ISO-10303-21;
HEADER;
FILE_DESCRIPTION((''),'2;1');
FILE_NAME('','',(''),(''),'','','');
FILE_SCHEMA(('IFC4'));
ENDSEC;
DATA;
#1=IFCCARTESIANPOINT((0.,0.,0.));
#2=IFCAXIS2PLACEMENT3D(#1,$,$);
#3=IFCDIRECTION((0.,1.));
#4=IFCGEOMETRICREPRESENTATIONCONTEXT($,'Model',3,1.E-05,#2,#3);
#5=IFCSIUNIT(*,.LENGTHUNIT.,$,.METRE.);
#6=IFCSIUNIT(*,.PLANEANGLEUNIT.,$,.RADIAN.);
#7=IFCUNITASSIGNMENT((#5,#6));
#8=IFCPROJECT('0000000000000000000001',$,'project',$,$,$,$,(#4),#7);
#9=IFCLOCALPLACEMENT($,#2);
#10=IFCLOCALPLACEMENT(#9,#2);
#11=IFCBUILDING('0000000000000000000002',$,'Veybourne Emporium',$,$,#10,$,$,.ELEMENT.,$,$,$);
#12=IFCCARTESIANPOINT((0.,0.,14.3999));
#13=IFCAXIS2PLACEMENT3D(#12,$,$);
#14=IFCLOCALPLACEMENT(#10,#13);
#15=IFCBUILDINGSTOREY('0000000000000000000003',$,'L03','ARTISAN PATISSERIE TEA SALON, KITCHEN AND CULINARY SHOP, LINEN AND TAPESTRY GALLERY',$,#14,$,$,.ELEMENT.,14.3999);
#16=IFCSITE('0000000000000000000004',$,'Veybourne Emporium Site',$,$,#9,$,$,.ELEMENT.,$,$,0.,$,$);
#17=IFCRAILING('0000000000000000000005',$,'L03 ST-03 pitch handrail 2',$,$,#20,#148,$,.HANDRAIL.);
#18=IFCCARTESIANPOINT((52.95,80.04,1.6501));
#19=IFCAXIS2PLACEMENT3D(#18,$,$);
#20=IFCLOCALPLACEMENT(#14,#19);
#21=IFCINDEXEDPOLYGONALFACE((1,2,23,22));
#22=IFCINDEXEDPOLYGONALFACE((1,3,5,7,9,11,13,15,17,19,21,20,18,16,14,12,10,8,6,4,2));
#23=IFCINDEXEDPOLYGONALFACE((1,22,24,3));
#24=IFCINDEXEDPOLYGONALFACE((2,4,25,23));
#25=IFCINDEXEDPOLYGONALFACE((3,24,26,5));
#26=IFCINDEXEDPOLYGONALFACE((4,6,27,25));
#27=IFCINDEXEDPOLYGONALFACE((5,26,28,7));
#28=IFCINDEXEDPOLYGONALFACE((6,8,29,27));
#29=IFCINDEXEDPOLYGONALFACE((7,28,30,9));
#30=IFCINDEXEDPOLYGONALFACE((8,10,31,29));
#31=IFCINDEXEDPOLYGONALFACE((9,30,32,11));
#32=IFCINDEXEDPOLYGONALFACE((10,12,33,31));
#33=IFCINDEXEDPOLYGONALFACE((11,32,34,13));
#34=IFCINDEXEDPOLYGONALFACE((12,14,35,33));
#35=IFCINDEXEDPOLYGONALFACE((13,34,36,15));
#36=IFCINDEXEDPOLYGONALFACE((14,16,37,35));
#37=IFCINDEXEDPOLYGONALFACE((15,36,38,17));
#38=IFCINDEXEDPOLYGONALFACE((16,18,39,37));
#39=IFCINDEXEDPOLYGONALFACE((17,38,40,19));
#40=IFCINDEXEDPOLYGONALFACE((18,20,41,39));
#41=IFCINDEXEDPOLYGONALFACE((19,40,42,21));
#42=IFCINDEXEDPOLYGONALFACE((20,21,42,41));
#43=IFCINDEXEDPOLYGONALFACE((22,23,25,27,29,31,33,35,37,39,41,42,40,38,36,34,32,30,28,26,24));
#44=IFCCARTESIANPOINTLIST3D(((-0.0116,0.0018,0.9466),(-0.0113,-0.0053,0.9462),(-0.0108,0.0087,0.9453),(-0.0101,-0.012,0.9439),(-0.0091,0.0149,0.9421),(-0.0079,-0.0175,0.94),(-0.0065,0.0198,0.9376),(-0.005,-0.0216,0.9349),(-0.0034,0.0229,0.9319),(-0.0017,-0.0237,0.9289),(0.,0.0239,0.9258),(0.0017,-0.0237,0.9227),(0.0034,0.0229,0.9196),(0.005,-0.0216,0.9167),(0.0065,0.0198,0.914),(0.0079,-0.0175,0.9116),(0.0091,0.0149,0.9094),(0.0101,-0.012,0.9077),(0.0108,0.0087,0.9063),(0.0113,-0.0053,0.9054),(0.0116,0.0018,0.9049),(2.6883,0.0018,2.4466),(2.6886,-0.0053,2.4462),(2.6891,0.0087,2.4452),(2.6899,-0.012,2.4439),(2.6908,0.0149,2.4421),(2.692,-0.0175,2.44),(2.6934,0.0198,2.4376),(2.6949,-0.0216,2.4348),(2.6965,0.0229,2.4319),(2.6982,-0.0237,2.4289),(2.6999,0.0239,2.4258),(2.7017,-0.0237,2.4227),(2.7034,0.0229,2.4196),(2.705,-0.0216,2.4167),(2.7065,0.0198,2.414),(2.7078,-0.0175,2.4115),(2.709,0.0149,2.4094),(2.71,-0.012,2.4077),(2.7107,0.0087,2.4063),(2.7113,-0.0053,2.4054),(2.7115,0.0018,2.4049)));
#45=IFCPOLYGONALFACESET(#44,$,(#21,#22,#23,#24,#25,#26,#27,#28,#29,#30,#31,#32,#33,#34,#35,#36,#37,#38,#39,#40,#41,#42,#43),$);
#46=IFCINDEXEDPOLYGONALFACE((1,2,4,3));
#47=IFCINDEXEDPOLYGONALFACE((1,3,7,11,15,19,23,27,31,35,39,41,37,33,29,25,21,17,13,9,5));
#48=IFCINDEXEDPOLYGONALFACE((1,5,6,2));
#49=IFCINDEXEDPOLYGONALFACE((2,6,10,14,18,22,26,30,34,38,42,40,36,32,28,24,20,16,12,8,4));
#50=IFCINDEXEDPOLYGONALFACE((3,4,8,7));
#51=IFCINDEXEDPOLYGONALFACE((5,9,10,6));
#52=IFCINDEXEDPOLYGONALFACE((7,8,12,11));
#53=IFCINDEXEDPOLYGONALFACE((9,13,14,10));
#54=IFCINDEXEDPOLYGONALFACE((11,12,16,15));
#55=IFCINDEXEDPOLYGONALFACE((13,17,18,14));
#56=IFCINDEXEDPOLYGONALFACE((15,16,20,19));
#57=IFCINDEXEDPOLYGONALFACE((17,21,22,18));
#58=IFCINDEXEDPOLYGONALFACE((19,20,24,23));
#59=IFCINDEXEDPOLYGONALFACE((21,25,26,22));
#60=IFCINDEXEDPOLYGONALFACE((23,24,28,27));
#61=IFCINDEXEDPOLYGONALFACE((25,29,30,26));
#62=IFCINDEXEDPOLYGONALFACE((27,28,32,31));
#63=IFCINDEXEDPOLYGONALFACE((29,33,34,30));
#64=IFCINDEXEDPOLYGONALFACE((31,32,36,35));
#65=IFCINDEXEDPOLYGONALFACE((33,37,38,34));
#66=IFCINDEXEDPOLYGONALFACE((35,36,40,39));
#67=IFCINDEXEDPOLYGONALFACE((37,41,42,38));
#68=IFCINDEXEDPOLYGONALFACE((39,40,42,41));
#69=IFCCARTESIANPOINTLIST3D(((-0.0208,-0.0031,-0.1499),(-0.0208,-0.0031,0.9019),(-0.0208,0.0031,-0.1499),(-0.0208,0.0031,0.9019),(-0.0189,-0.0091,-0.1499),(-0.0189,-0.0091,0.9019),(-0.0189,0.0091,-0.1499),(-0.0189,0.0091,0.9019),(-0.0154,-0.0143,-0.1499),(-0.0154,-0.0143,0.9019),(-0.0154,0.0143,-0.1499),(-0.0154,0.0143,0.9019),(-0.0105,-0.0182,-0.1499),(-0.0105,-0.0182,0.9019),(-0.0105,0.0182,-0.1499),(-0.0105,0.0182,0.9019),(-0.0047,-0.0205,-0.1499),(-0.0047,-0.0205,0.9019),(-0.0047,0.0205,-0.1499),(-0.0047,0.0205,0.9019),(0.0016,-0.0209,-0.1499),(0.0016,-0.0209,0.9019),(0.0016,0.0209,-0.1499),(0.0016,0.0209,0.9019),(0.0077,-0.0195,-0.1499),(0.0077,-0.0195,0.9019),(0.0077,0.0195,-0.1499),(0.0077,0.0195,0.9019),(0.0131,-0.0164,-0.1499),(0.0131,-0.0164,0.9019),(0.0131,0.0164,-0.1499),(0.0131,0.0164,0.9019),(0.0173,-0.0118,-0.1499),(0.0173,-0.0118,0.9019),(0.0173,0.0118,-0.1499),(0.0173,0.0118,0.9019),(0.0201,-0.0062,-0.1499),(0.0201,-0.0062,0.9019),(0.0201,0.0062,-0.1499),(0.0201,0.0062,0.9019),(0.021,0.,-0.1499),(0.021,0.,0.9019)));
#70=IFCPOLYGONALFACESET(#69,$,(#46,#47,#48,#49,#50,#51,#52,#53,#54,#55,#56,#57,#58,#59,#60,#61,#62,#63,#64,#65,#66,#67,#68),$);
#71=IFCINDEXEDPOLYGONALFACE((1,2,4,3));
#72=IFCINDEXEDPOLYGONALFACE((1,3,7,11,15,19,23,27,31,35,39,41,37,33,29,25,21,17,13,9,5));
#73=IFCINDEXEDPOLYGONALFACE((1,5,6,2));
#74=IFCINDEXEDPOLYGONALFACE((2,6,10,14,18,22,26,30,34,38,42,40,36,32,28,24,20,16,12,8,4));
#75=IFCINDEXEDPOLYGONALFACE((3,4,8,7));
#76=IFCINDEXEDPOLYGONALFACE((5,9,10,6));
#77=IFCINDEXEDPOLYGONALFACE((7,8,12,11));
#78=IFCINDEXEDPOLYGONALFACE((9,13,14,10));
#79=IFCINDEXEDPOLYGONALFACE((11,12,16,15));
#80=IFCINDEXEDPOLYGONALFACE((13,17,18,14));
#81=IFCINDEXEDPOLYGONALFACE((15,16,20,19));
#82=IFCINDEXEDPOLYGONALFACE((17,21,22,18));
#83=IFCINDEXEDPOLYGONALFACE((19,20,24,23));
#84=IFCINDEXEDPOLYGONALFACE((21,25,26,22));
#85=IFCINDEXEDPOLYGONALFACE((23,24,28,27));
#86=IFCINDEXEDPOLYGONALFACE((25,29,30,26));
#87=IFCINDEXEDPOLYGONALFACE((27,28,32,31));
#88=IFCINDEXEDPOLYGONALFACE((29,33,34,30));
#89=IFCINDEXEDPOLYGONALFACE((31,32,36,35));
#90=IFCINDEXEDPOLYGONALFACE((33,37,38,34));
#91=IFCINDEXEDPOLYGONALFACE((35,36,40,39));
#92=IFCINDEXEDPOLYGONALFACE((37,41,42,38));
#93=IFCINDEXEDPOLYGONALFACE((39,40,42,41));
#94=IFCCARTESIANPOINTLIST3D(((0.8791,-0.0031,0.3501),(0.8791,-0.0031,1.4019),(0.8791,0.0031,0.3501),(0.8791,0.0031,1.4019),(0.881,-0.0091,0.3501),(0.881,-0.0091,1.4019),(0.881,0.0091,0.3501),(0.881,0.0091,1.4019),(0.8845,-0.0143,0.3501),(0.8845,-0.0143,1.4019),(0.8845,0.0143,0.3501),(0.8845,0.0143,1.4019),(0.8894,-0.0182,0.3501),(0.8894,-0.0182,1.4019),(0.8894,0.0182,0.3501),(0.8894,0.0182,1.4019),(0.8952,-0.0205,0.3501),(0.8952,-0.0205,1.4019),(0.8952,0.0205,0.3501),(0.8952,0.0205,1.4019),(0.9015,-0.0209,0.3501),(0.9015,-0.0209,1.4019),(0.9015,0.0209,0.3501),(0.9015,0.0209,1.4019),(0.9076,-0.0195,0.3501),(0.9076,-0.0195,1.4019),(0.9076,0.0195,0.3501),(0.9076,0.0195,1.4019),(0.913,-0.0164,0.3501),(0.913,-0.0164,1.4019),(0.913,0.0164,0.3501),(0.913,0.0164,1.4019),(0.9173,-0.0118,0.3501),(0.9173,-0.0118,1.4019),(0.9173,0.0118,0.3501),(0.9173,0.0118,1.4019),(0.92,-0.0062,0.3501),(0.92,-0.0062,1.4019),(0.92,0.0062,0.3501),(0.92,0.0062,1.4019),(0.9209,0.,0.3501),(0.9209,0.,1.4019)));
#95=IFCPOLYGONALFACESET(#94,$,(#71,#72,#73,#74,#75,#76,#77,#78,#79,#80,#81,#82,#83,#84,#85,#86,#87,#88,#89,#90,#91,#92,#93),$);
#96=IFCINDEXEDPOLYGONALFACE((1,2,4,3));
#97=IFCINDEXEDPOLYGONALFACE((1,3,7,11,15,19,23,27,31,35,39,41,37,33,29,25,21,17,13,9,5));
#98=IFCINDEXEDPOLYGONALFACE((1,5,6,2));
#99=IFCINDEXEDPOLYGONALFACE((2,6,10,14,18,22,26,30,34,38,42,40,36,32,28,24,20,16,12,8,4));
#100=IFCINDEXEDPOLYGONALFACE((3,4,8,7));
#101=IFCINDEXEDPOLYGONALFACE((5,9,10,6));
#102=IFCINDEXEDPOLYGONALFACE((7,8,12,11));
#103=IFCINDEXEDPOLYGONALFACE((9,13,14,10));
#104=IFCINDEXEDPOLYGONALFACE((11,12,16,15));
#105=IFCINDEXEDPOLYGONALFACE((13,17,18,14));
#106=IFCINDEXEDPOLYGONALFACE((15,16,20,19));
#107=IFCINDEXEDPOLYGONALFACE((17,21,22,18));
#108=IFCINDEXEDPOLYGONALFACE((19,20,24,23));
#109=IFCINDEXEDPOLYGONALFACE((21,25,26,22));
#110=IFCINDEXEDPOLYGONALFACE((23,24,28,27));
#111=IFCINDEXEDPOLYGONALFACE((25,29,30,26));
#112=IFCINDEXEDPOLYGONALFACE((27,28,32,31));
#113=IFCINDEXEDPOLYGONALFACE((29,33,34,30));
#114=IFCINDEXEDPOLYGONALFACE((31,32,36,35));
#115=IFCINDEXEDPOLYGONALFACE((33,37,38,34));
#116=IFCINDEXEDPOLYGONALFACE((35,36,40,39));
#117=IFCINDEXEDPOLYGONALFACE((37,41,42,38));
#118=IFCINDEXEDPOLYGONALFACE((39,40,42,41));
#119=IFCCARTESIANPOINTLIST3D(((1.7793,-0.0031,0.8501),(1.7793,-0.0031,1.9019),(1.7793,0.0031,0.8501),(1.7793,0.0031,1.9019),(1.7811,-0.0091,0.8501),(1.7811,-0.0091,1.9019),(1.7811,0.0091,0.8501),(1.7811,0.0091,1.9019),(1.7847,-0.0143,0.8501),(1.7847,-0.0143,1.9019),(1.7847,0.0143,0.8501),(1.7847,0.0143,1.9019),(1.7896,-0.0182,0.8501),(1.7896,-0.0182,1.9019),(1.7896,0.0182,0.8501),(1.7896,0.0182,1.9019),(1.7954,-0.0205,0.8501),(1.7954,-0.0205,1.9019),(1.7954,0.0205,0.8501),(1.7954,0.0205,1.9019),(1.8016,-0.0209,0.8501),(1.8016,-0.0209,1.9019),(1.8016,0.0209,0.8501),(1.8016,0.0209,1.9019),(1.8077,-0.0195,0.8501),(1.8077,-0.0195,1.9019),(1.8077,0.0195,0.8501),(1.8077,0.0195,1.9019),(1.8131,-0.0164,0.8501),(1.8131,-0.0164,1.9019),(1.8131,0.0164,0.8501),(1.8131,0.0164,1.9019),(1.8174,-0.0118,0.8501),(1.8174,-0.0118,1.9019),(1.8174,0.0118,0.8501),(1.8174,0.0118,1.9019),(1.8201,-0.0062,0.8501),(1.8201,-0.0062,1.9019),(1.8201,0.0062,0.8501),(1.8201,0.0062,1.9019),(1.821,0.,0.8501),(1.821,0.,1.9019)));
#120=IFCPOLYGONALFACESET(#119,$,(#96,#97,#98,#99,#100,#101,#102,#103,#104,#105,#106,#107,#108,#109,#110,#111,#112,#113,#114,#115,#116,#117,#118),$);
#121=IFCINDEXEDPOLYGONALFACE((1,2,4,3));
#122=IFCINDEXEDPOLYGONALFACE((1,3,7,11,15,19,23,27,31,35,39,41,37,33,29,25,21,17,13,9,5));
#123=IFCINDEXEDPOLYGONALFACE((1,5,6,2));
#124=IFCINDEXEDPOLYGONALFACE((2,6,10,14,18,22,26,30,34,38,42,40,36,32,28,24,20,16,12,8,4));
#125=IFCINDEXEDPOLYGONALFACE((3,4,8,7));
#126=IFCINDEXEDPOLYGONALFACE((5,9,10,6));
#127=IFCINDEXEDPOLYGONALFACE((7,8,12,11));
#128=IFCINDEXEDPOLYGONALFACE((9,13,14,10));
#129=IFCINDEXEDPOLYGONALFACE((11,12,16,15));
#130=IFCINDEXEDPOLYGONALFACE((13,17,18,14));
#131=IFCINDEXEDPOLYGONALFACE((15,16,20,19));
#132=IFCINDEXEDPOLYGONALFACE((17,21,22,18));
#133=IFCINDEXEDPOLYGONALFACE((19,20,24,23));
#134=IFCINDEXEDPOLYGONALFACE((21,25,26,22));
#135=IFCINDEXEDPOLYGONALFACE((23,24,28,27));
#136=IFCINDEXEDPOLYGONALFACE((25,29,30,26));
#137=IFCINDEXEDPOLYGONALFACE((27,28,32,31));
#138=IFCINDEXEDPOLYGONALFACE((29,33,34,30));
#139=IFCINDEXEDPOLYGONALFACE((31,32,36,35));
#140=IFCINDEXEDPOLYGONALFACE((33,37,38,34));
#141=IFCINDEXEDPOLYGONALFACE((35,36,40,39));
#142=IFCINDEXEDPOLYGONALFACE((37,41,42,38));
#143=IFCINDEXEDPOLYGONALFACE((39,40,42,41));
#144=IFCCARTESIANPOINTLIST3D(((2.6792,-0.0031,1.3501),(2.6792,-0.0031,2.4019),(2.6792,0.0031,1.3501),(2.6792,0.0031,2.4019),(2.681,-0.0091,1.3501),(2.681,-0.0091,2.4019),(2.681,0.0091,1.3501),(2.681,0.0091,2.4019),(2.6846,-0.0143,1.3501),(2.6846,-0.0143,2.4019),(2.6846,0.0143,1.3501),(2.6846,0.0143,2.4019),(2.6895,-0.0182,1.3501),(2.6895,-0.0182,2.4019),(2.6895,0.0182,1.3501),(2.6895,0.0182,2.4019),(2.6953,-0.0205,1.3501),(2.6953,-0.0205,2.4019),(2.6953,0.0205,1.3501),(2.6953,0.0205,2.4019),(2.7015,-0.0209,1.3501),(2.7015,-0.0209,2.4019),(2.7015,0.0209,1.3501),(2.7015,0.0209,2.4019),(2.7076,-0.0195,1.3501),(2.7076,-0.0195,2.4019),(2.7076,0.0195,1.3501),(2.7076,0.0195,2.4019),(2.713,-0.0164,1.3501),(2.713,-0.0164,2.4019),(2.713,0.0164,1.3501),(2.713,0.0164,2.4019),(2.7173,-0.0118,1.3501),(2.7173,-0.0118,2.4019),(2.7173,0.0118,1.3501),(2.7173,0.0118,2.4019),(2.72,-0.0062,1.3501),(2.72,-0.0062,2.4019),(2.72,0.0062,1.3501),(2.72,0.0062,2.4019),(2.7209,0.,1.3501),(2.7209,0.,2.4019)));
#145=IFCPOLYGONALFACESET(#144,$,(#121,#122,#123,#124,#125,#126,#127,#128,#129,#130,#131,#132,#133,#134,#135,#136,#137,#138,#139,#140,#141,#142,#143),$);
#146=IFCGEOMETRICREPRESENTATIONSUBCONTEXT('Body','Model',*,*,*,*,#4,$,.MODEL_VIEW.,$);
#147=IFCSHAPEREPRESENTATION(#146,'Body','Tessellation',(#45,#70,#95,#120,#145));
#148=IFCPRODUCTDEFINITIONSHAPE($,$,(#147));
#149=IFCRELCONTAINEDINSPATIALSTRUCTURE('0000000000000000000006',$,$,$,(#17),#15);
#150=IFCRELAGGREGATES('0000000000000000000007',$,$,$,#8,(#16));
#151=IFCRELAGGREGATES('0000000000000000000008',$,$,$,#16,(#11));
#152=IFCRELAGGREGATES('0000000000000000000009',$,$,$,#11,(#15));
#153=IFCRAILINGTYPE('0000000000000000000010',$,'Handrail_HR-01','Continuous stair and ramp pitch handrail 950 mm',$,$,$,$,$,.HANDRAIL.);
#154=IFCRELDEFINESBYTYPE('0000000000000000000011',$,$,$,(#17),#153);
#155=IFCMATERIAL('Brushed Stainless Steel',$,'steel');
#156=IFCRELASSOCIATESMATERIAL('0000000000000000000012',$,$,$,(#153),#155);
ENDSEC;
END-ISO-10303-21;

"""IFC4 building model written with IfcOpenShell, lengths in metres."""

from ifc_helpers import new_model, si_unit, direction, frame, origin, origin_2d, place, context, subcontext, project, spatial, circle, extrude, material, type_object, element, save


model = new_model("IFC4")

# Units and contexts
model_context = context("Model", 3, precision=1e-05, world=origin(), true_north=direction((0.0, 1.0)))
body_context = subcontext(model_context, "Body", "Model", "MODEL_VIEW")
ifc_project = project(units=[si_unit("LENGTHUNIT", "METRE"), si_unit("PLANEANGLEUNIT", "RADIAN")], contexts=[model_context])

# Site, building, storey
site_placement = place(None, origin())
site = spatial("IfcSite", under=ifc_project, at=site_placement, Name="Veybourne Emporium Site", CompositionType="ELEMENT", RefElevation=0.0)
building_placement = place(site_placement, origin())
building = spatial("IfcBuilding", under=site, at=building_placement, Name="Veybourne Emporium", CompositionType="ELEMENT")
storey_placement = place(building_placement, frame((0.0, 0.0, 14.3999)))
storey = spatial("IfcBuildingStorey", under=building, at=storey_placement, Name="L03", Description="ARTISAN PATISSERIE TEA SALON, KITCHEN AND CULINARY SHOP, LINEN AND TAPESTRY GALLERY", CompositionType="ELEMENT", Elevation=14.3999)

# Railing
ifc_material_1 = material(Name="Brushed Stainless Steel", Category="steel")
railing_type = type_object("IfcRailingType", Name="Handrail_HR-01", Description="Continuous stair and ramp pitch handrail 950 mm", PredefinedType="HANDRAIL", material=ifc_material_1)
railing_placement = place(storey_placement, frame((52.95, 80.04, 1.6501)))
element("IfcRailing", 1, at=railing_placement, inside=storey, type_object=railing_type, Name="L03 ST-03 pitch handrail 2", PredefinedType="HANDRAIL", context=body_context, shape_type="SweptSolid", body=[
    extrude(circle(Radius=0.0239, at=origin_2d()), frame((0.0, 0.0, 0.9258), z_axis=(0.874154, 0.0, 0.48565), x_axis=(0.0, 1.0, 0.0)), (0.0, 0.0, 1.0), 3.0886),
    extrude(circle(Radius=0.021, at=origin_2d()), frame((0.0, 0.0, -0.1499)), (0.0, 0.0, 1.0), 1.0518),
    extrude(circle(Radius=0.021, at=origin_2d()), frame((0.8999, 0.0, 0.3501)), (0.0, 0.0, 1.0), 1.0518),
    extrude(circle(Radius=0.021, at=origin_2d()), frame((1.8, 0.0, 0.8501)), (0.0, 0.0, 1.0), 1.0518),
    extrude(circle(Radius=0.021, at=origin_2d()), frame((2.7, 0.0, 1.3501)), (0.0, 0.0, 1.0), 1.0518),
])

save(model, "model.ifc")
